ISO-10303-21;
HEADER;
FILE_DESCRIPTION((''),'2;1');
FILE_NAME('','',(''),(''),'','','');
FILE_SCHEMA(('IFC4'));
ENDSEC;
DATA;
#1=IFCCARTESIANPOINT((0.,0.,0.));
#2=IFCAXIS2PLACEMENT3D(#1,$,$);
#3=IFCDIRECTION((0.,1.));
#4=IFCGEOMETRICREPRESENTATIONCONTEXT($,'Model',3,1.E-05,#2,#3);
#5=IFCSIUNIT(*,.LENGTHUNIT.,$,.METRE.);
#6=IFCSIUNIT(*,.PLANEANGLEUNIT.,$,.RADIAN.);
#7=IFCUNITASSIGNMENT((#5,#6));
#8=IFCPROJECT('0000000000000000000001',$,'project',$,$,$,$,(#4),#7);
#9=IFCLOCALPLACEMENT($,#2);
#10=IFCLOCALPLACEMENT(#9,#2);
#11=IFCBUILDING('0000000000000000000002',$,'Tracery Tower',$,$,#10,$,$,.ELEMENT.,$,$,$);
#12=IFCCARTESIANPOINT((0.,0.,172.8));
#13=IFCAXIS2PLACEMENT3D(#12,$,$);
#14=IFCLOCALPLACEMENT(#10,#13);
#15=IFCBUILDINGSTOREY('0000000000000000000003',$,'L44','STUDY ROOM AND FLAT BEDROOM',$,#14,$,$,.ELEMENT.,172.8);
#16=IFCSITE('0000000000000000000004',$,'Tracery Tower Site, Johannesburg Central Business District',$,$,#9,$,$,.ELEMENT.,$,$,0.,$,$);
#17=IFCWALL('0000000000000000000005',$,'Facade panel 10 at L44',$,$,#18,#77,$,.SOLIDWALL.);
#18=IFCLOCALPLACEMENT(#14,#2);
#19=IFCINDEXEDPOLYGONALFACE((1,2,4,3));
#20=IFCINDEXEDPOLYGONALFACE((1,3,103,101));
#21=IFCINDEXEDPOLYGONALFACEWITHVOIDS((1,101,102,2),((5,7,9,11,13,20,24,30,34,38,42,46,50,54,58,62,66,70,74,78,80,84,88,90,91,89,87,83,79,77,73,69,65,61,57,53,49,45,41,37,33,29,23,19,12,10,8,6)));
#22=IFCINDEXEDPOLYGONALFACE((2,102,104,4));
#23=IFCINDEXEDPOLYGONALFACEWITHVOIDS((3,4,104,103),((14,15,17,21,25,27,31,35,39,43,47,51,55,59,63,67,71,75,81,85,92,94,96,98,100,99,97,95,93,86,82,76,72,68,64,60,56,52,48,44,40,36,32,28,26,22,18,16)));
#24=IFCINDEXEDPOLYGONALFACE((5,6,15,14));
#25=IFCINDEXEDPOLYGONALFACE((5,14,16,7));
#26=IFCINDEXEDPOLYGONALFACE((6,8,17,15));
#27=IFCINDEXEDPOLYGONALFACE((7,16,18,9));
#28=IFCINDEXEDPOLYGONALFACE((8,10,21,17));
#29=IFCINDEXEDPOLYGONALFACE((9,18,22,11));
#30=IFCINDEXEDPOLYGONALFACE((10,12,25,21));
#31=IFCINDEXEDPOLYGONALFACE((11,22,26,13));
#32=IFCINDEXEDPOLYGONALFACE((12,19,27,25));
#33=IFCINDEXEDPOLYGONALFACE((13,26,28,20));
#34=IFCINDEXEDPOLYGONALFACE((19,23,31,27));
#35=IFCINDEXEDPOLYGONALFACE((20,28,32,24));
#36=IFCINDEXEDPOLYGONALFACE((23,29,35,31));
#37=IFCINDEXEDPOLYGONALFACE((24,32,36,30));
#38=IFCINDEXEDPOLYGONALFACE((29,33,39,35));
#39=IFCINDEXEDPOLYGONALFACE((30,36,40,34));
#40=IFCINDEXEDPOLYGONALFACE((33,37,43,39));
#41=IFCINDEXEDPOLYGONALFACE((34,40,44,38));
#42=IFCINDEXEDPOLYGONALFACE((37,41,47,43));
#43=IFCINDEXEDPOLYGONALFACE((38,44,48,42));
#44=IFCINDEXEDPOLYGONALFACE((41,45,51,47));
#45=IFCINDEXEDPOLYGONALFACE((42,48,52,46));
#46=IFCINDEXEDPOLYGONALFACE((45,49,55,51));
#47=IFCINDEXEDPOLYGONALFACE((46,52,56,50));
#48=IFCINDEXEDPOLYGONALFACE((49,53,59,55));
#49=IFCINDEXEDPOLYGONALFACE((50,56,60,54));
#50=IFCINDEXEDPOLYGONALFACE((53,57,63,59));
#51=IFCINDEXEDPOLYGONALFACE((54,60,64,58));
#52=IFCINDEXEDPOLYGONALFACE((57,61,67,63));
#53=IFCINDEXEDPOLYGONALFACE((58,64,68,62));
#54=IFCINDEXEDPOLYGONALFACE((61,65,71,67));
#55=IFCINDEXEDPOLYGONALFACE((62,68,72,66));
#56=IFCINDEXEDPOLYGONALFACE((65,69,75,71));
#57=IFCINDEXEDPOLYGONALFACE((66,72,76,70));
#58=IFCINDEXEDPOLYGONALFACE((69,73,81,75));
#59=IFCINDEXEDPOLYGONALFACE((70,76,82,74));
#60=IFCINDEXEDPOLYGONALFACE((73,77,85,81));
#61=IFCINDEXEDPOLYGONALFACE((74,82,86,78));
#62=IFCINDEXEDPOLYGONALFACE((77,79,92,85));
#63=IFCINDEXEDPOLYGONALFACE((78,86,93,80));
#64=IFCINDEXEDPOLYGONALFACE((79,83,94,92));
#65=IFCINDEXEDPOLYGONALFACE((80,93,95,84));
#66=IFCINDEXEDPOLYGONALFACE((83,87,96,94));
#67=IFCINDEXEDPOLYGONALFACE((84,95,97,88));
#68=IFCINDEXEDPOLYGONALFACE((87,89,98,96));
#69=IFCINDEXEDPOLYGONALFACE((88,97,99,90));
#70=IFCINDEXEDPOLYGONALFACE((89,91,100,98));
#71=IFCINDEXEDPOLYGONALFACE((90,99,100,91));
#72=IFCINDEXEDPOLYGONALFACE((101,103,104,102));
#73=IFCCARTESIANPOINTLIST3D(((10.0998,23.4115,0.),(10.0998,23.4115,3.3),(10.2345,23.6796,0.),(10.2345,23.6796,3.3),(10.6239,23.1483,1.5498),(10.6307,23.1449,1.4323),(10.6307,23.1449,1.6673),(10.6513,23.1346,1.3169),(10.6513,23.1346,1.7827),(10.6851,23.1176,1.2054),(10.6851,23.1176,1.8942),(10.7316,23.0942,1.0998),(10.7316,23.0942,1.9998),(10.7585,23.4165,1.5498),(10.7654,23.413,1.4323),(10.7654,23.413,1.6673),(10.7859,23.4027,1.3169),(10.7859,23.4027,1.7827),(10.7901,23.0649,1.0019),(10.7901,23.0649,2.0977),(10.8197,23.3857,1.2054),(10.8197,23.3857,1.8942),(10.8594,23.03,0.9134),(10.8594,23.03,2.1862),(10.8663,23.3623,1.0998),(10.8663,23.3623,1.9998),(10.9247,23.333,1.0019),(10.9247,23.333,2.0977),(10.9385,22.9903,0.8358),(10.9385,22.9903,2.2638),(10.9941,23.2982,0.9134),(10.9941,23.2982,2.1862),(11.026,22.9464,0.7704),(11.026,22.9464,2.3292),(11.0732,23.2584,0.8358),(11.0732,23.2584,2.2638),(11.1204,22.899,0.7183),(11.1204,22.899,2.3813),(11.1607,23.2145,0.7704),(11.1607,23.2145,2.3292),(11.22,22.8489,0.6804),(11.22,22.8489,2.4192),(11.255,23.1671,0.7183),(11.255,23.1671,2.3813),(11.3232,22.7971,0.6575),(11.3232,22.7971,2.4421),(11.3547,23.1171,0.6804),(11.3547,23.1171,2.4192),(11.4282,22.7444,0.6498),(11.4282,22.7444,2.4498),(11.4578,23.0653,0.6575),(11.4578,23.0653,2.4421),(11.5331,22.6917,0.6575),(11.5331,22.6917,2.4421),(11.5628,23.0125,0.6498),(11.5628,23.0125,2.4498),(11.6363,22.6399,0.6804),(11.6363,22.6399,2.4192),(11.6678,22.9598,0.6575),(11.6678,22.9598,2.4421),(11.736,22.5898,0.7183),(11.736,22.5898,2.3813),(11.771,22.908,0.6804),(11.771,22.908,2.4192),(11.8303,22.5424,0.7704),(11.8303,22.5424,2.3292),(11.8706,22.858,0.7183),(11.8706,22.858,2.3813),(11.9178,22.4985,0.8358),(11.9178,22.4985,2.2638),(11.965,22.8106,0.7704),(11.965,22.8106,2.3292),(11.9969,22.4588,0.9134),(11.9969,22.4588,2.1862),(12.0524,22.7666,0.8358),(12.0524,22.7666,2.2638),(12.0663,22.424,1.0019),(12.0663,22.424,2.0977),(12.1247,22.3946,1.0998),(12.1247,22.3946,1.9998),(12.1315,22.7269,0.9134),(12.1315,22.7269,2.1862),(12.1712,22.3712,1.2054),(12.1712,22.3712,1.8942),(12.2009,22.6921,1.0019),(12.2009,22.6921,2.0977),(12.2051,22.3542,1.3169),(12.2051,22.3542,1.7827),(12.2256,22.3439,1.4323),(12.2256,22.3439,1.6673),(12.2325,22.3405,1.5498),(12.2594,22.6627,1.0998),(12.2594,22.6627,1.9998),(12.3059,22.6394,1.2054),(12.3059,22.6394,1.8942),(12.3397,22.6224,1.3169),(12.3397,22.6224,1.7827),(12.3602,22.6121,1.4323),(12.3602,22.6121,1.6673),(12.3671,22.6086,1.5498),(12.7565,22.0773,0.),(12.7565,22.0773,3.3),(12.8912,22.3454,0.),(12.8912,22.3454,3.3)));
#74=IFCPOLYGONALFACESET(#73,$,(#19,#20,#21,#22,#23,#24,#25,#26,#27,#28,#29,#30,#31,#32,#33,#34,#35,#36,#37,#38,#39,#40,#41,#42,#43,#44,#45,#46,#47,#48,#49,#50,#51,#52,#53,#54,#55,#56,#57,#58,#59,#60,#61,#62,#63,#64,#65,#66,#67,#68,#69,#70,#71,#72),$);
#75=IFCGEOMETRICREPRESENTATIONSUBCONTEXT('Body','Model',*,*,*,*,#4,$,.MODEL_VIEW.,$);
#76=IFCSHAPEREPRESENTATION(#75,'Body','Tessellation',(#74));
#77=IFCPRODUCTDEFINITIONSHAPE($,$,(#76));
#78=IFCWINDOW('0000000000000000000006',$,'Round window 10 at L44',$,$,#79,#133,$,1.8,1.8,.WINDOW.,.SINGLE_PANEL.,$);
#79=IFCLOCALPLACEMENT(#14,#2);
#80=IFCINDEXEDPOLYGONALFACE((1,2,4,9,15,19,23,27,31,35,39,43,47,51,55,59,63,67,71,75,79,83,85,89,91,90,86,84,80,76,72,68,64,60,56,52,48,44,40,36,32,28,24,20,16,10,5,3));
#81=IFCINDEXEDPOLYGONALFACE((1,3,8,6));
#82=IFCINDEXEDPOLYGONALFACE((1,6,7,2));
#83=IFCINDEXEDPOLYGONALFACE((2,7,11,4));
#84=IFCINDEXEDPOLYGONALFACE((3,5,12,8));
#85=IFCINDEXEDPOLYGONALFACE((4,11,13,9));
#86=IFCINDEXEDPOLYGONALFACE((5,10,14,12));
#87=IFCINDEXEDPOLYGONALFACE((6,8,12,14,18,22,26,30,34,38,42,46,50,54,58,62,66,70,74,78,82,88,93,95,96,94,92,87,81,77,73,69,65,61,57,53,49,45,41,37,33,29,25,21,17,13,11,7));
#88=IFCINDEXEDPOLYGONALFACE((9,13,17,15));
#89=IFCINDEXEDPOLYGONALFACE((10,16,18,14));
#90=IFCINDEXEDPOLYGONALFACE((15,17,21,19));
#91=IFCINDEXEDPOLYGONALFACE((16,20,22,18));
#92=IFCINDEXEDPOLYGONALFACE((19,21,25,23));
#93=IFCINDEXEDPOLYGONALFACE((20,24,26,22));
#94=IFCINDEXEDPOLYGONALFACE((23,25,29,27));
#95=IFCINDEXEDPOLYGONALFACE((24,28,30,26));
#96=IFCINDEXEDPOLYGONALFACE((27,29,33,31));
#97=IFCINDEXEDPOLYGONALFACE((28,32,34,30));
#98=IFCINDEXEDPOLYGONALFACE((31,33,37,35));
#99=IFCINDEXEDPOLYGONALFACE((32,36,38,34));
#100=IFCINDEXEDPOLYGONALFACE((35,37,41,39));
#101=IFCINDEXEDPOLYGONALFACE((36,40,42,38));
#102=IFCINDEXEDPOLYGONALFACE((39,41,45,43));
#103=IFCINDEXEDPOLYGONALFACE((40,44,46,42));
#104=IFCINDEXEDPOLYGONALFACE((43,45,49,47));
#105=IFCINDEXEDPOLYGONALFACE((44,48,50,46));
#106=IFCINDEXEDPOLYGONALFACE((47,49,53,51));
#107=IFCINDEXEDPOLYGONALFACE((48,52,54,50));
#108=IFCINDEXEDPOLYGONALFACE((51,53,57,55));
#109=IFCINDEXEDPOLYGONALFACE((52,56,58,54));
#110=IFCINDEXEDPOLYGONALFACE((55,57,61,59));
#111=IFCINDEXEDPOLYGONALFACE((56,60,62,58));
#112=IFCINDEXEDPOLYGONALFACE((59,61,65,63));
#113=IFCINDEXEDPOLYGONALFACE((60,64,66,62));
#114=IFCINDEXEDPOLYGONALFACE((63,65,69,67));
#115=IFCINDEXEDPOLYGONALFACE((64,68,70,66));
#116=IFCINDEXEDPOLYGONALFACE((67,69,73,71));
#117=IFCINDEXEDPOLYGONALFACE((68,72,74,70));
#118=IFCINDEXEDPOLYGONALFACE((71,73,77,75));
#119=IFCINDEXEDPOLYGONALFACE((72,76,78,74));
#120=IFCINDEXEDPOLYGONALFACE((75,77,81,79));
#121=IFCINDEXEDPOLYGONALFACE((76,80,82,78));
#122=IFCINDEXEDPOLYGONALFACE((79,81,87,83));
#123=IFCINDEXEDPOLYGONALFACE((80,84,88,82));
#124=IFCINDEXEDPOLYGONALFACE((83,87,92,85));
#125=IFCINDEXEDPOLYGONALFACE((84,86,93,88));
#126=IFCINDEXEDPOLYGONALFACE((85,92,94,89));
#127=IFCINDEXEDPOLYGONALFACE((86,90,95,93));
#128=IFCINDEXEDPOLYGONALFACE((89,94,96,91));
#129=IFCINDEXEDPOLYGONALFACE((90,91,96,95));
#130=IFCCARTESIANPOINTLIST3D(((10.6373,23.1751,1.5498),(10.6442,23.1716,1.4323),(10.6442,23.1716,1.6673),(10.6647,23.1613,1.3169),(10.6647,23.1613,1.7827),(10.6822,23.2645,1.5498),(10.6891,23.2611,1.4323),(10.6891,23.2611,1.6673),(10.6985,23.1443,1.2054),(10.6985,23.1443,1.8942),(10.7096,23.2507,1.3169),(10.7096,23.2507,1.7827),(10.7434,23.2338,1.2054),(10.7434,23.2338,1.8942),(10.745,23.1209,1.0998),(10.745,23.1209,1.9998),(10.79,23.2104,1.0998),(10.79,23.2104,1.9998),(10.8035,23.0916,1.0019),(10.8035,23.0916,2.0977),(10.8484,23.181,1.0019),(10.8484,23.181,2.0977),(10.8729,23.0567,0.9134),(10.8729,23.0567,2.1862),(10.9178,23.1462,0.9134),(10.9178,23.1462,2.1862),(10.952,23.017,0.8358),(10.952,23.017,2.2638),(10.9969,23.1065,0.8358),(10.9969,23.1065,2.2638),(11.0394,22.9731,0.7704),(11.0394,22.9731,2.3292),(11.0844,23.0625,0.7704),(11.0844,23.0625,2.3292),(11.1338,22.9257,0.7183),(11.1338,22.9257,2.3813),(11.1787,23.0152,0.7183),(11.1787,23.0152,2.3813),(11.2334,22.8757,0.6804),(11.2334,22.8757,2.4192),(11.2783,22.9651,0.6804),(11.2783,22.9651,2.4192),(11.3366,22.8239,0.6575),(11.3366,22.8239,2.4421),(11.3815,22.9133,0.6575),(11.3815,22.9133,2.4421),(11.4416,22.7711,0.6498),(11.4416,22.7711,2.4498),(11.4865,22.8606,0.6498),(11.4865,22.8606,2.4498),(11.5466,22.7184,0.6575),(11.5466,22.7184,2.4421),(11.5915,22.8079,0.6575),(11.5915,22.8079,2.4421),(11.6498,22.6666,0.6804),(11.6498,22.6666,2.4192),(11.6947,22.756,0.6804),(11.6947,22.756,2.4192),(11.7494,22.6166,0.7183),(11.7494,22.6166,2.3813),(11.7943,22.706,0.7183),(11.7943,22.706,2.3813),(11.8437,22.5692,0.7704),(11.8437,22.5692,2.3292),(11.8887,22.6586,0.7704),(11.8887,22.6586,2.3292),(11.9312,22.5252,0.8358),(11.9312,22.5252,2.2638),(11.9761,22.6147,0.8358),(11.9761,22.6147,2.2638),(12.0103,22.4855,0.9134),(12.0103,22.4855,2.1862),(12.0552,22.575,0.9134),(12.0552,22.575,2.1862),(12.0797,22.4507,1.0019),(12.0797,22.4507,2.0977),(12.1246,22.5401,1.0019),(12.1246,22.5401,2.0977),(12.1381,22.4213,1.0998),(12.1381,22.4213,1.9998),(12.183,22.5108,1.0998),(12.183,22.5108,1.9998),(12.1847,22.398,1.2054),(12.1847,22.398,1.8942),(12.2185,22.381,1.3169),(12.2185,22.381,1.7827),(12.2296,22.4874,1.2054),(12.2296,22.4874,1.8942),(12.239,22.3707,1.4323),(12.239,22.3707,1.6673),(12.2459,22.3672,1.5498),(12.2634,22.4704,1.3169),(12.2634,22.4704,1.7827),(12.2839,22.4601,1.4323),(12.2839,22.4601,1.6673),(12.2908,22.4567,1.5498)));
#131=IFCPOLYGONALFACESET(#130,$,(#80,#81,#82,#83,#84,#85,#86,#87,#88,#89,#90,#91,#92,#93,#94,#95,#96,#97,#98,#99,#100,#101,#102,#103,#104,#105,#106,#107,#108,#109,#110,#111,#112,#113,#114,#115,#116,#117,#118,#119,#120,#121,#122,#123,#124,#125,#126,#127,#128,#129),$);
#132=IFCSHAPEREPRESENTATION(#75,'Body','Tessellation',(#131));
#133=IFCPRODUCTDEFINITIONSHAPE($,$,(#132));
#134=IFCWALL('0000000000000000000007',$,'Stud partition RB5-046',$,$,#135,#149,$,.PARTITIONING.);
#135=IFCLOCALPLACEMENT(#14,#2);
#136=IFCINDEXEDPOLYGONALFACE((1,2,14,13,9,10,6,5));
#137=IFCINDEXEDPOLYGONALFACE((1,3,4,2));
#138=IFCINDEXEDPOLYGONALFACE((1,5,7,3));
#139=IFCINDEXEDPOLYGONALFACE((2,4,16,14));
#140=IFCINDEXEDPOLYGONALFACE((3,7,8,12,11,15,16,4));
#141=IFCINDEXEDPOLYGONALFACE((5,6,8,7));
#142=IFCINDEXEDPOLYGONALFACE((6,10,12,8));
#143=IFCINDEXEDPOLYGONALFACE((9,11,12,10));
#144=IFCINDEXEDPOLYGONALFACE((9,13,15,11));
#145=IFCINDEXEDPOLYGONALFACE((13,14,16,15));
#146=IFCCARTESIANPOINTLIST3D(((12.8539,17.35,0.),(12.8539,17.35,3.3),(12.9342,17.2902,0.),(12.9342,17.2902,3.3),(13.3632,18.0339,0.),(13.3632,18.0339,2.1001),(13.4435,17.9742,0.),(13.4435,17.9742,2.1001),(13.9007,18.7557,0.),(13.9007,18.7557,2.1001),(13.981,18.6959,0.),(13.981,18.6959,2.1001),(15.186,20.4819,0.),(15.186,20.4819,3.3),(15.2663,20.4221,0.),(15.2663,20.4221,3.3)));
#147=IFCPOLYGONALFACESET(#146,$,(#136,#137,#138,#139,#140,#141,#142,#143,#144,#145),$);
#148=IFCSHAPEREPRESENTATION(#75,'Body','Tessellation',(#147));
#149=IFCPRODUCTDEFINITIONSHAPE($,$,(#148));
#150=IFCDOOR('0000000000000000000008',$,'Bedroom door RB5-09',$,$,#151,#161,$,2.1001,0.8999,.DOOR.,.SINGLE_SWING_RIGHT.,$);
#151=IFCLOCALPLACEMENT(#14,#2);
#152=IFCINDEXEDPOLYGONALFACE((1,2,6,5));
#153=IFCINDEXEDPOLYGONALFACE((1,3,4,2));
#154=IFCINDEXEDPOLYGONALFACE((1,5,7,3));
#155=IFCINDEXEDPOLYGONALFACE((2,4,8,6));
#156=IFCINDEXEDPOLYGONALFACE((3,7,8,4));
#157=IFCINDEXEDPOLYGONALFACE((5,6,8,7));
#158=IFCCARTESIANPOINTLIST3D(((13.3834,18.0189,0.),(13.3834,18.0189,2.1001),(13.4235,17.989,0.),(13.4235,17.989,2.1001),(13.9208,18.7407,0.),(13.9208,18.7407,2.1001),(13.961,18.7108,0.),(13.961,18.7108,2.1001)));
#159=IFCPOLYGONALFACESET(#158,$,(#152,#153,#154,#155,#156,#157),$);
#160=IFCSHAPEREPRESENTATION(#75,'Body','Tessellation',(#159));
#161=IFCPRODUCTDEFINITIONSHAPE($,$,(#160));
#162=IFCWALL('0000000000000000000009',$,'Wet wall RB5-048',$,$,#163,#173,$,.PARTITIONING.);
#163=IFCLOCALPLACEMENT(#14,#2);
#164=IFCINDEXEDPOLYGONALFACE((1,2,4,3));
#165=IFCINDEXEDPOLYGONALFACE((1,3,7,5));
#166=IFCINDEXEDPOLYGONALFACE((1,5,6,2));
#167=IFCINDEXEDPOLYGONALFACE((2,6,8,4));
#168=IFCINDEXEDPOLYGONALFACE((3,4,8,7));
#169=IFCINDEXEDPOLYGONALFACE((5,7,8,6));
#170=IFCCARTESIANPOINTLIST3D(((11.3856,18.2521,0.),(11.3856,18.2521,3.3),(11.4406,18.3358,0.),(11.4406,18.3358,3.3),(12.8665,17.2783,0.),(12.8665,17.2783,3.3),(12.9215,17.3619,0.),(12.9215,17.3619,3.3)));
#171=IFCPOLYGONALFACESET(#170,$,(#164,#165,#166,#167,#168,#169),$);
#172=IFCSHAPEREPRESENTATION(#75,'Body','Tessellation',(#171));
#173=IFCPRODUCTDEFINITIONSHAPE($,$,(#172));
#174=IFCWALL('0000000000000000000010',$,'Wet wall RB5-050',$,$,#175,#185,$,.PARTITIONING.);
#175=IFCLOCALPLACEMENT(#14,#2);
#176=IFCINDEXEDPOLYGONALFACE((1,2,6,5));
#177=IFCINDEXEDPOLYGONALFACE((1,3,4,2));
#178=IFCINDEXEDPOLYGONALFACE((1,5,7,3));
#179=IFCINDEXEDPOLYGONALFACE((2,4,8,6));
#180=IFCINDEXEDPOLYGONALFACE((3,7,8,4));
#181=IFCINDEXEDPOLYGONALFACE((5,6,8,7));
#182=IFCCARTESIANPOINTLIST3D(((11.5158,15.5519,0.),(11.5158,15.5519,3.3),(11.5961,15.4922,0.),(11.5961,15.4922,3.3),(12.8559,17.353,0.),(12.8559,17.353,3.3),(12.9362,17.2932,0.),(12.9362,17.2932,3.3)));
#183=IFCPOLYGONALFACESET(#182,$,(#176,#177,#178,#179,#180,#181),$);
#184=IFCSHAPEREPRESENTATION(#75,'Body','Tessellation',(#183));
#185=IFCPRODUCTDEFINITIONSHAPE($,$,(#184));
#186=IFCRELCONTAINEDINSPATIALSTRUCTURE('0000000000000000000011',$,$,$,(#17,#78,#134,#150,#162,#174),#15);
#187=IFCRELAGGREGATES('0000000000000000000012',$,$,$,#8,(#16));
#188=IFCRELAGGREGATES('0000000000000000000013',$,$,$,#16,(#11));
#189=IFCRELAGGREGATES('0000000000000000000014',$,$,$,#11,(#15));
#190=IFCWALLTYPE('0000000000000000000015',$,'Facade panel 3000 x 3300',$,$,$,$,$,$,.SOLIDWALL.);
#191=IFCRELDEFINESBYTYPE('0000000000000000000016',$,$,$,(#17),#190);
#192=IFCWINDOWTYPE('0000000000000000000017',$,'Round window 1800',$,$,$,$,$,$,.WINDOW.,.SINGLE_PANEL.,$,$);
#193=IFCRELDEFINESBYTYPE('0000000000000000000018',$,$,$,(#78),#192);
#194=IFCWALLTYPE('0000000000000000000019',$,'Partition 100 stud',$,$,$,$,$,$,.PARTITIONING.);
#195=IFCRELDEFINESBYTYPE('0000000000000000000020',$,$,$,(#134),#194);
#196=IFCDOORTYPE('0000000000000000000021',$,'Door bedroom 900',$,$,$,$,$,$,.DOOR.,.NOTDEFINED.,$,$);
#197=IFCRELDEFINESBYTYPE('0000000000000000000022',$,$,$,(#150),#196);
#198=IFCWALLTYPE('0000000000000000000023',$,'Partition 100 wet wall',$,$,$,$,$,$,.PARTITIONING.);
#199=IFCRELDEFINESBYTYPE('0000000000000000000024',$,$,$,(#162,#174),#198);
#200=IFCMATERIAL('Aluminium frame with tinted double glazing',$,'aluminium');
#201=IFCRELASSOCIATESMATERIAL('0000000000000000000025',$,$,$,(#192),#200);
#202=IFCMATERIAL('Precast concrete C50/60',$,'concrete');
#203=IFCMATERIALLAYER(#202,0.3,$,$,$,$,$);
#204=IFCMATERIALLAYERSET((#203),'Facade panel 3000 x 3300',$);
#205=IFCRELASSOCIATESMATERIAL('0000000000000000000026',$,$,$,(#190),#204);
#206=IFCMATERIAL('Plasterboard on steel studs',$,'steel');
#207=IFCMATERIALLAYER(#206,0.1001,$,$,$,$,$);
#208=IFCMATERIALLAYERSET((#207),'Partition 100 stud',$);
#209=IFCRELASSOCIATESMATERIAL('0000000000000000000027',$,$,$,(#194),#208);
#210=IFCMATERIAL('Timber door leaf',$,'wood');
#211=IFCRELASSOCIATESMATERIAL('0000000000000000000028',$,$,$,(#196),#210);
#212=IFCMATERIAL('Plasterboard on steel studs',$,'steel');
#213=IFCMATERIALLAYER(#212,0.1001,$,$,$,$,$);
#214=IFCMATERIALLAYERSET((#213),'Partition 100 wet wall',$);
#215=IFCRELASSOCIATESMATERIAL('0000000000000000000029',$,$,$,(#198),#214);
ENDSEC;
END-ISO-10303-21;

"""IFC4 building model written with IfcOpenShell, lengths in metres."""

from ifc_helpers import new_model, si_unit, direction, frame, frame_2d, origin, origin_2d, place, context, subcontext, project, spatial, rectangle, circle, extrude, material, layer, layer_set, type_object, element, fill, save


model = new_model("IFC4")

# Units and contexts
model_context = context("Model", 3, precision=1e-05, world=origin(), true_north=direction((0.0, 1.0)))
body_context = subcontext(model_context, "Body", "Model", "MODEL_VIEW")
ifc_project = project(units=[si_unit("LENGTHUNIT", "METRE"), si_unit("PLANEANGLEUNIT", "RADIAN")], contexts=[model_context])

# Site, building, storey
site_placement = place(None, origin())
site = spatial("IfcSite", under=ifc_project, at=site_placement, Name="Tracery Tower Site, Johannesburg Central Business District", CompositionType="ELEMENT", RefElevation=0.0)
building_placement = place(site_placement, origin())
building = spatial("IfcBuilding", under=site, at=building_placement, Name="Tracery Tower", CompositionType="ELEMENT")
storey_placement = place(building_placement, frame((0.0, 0.0, 172.8)))
storey = spatial("IfcBuildingStorey", under=building, at=storey_placement, Name="L44", Description="STUDY ROOM AND FLAT BEDROOM", CompositionType="ELEMENT", Elevation=172.8)

# Wall, opening, window
ifc_material_1 = material(Name="Aluminium frame with tinted double glazing", Category="aluminium")
window_type = type_object("IfcWindowType", Name="Round window 1800", PartitioningType="SINGLE_PANEL", PredefinedType="WINDOW", material=ifc_material_1)
ifc_material_2 = material(Name="Precast concrete C50/60", Category="concrete")
ifc_layer_1 = layer(ifc_material_2, 0.3)
ifc_layer_set_1 = layer_set([ifc_layer_1], Name="Facade panel 3000 x 3300")
wall_type_1 = type_object("IfcWallType", Name="Facade panel 3000 x 3300", PredefinedType="SOLIDWALL", material=ifc_layer_set_1)
wall_1_placement = place(storey_placement, frame((12.8237, 22.2114, 0.0), z_axis=(0.0, 0.0, 1.0), x_axis=(-0.893637, 0.44879, 0.0)))
wall_1 = element("IfcWall", 1, at=wall_1_placement, inside=storey, type_object=wall_type_1, Name="Facade panel 10 at L44", PredefinedType="SOLIDWALL", context=body_context, shape_type="SweptSolid", body=[
    extrude(rectangle(XDim=2.9729, YDim=0.3, at=frame_2d((1.4863, 0.0))), origin(), (0.0, 0.0, 1.0), 3.3),
])
opening_1_placement = place(wall_1_placement, frame((1.4863, 0.0, 1.5498)))
opening_1 = element("IfcOpeningElement", 2, at=opening_1_placement, cuts=wall_1, PredefinedType="OPENING", context=body_context, shape_type="SweptSolid", body=[
    extrude(circle(Radius=0.9, at=origin_2d()), frame((0.0, 0.1599, 0.0), z_axis=(0.0, -1.0, 0.0), x_axis=(1.0, 0.0, 0.0)), (0.0, 0.0, 1.0), 0.3201),
])
window_1_placement = place(opening_1_placement, origin())
window_1 = element("IfcWindow", 3, at=window_1_placement, inside=storey, type_object=window_type, Name="Round window 10 at L44", OverallHeight=1.8, OverallWidth=1.8, PartitioningType="SINGLE_PANEL", PredefinedType="WINDOW", context=body_context, shape_type="SweptSolid", body=[
    extrude(circle(Radius=0.9, at=origin_2d()), frame((0.0, 0.1201, 0.0), z_axis=(0.0, -1.0, 0.0), x_axis=(1.0, 0.0, 0.0)), (0.0, 0.0, 1.0), 0.1001),
])
fill(opening_1, window_1)

# Wall, opening, door
ifc_material_3 = material(Name="Plasterboard on steel studs", Category="steel")
ifc_layer_2 = layer(ifc_material_3, 0.1001)
ifc_layer_set_2 = layer_set([ifc_layer_2], Name="Partition 100 stud")
wall_type_2 = type_object("IfcWallType", Name="Partition 100 stud", PredefinedType="PARTITIONING", material=ifc_layer_set_2)
wall_2_placement = place(storey_placement, frame((12.894, 17.3201, 0.0), z_axis=(0.0, 0.0, 1.0), x_axis=(0.597235, 0.802066, 0.0)))
wall_2 = element("IfcWall", 4, at=wall_2_placement, inside=storey, type_object=wall_type_2, Name="Stud partition RB5-046", PredefinedType="PARTITIONING", context=body_context, shape_type="SweptSolid", body=[
    extrude(rectangle(XDim=3.9048, YDim=0.1001, at=frame_2d((1.9524, 0.0))), origin(), (0.0, 0.0, 1.0), 3.3),
])
opening_2_placement = place(wall_2_placement, frame((0.8528, 0.0, 0.0)))
opening_2 = element("IfcOpeningElement", 5, at=opening_2_placement, cuts=wall_2, PredefinedType="OPENING", context=body_context, shape_type="SweptSolid", body=[
    extrude(rectangle(XDim=0.8999, YDim=2.1001, at=frame_2d((0.45, 1.05))), frame((0.0, 0.05, 0.0), z_axis=(0.0, -1.0, 0.0), x_axis=(1.0, 0.0, 0.0)), (0.0, 0.0, 1.0), 0.1001),
])
ifc_material_4 = material(Name="Timber door leaf", Category="wood")
door_type = type_object("IfcDoorType", Name="Door bedroom 900", OperationType="NOTDEFINED", PredefinedType="DOOR", material=ifc_material_4)
door_placement = place(opening_2_placement, origin())
door = element("IfcDoor", 6, at=door_placement, inside=storey, type_object=door_type, Name="Bedroom door RB5-09", OperationType="SINGLE_SWING_RIGHT", OverallHeight=2.1001, OverallWidth=0.8999, PredefinedType="DOOR", context=body_context, shape_type="SweptSolid", body=[
    extrude(rectangle(XDim=0.8999, YDim=2.1001, at=frame_2d((0.45, 1.05))), frame((0.0, 0.0249, 0.0), z_axis=(0.0, -1.0, 0.0), x_axis=(1.0, 0.0, 0.0)), (0.0, 0.0, 1.0), 0.05),
])
fill(opening_2, door)

# Walls
ifc_material_5 = material(Name="Plasterboard on steel studs", Category="steel")
ifc_layer_3 = layer(ifc_material_5, 0.1001)
ifc_layer_set_3 = layer_set([ifc_layer_3], Name="Partition 100 wet wall")
wall_type_3 = type_object("IfcWallType", Name="Partition 100 wet wall", PredefinedType="PARTITIONING", material=ifc_layer_set_3)
wall_3_placement = place(storey_placement, frame((11.4131, 18.2939, 0.0), z_axis=(0.0, 0.0, 1.0), x_axis=(0.83553, -0.549444, 0.0)))
element("IfcWall", 7, at=wall_3_placement, inside=storey, type_object=wall_type_3, Name="Wet wall RB5-048", PredefinedType="PARTITIONING", context=body_context, shape_type="SweptSolid", body=[
    extrude(rectangle(XDim=1.7725, YDim=0.1001, at=frame_2d((0.8862, 0.0))), origin(), (0.0, 0.0, 1.0), 3.3),
])
wall_4_placement = place(storey_placement, frame((11.5559, 15.522, 0.0), z_axis=(0.0, 0.0, 1.0), x_axis=(0.596951, 0.802278, 0.0)))
element("IfcWall", 8, at=wall_4_placement, inside=storey, type_object=wall_type_3, Name="Wet wall RB5-050", PredefinedType="PARTITIONING", context=body_context, shape_type="SweptSolid", body=[
    extrude(rectangle(XDim=2.2449, YDim=0.1001, at=frame_2d((1.1226, 0.0))), origin(), (0.0, 0.0, 1.0), 3.3),
])

save(model, "model.ifc")
